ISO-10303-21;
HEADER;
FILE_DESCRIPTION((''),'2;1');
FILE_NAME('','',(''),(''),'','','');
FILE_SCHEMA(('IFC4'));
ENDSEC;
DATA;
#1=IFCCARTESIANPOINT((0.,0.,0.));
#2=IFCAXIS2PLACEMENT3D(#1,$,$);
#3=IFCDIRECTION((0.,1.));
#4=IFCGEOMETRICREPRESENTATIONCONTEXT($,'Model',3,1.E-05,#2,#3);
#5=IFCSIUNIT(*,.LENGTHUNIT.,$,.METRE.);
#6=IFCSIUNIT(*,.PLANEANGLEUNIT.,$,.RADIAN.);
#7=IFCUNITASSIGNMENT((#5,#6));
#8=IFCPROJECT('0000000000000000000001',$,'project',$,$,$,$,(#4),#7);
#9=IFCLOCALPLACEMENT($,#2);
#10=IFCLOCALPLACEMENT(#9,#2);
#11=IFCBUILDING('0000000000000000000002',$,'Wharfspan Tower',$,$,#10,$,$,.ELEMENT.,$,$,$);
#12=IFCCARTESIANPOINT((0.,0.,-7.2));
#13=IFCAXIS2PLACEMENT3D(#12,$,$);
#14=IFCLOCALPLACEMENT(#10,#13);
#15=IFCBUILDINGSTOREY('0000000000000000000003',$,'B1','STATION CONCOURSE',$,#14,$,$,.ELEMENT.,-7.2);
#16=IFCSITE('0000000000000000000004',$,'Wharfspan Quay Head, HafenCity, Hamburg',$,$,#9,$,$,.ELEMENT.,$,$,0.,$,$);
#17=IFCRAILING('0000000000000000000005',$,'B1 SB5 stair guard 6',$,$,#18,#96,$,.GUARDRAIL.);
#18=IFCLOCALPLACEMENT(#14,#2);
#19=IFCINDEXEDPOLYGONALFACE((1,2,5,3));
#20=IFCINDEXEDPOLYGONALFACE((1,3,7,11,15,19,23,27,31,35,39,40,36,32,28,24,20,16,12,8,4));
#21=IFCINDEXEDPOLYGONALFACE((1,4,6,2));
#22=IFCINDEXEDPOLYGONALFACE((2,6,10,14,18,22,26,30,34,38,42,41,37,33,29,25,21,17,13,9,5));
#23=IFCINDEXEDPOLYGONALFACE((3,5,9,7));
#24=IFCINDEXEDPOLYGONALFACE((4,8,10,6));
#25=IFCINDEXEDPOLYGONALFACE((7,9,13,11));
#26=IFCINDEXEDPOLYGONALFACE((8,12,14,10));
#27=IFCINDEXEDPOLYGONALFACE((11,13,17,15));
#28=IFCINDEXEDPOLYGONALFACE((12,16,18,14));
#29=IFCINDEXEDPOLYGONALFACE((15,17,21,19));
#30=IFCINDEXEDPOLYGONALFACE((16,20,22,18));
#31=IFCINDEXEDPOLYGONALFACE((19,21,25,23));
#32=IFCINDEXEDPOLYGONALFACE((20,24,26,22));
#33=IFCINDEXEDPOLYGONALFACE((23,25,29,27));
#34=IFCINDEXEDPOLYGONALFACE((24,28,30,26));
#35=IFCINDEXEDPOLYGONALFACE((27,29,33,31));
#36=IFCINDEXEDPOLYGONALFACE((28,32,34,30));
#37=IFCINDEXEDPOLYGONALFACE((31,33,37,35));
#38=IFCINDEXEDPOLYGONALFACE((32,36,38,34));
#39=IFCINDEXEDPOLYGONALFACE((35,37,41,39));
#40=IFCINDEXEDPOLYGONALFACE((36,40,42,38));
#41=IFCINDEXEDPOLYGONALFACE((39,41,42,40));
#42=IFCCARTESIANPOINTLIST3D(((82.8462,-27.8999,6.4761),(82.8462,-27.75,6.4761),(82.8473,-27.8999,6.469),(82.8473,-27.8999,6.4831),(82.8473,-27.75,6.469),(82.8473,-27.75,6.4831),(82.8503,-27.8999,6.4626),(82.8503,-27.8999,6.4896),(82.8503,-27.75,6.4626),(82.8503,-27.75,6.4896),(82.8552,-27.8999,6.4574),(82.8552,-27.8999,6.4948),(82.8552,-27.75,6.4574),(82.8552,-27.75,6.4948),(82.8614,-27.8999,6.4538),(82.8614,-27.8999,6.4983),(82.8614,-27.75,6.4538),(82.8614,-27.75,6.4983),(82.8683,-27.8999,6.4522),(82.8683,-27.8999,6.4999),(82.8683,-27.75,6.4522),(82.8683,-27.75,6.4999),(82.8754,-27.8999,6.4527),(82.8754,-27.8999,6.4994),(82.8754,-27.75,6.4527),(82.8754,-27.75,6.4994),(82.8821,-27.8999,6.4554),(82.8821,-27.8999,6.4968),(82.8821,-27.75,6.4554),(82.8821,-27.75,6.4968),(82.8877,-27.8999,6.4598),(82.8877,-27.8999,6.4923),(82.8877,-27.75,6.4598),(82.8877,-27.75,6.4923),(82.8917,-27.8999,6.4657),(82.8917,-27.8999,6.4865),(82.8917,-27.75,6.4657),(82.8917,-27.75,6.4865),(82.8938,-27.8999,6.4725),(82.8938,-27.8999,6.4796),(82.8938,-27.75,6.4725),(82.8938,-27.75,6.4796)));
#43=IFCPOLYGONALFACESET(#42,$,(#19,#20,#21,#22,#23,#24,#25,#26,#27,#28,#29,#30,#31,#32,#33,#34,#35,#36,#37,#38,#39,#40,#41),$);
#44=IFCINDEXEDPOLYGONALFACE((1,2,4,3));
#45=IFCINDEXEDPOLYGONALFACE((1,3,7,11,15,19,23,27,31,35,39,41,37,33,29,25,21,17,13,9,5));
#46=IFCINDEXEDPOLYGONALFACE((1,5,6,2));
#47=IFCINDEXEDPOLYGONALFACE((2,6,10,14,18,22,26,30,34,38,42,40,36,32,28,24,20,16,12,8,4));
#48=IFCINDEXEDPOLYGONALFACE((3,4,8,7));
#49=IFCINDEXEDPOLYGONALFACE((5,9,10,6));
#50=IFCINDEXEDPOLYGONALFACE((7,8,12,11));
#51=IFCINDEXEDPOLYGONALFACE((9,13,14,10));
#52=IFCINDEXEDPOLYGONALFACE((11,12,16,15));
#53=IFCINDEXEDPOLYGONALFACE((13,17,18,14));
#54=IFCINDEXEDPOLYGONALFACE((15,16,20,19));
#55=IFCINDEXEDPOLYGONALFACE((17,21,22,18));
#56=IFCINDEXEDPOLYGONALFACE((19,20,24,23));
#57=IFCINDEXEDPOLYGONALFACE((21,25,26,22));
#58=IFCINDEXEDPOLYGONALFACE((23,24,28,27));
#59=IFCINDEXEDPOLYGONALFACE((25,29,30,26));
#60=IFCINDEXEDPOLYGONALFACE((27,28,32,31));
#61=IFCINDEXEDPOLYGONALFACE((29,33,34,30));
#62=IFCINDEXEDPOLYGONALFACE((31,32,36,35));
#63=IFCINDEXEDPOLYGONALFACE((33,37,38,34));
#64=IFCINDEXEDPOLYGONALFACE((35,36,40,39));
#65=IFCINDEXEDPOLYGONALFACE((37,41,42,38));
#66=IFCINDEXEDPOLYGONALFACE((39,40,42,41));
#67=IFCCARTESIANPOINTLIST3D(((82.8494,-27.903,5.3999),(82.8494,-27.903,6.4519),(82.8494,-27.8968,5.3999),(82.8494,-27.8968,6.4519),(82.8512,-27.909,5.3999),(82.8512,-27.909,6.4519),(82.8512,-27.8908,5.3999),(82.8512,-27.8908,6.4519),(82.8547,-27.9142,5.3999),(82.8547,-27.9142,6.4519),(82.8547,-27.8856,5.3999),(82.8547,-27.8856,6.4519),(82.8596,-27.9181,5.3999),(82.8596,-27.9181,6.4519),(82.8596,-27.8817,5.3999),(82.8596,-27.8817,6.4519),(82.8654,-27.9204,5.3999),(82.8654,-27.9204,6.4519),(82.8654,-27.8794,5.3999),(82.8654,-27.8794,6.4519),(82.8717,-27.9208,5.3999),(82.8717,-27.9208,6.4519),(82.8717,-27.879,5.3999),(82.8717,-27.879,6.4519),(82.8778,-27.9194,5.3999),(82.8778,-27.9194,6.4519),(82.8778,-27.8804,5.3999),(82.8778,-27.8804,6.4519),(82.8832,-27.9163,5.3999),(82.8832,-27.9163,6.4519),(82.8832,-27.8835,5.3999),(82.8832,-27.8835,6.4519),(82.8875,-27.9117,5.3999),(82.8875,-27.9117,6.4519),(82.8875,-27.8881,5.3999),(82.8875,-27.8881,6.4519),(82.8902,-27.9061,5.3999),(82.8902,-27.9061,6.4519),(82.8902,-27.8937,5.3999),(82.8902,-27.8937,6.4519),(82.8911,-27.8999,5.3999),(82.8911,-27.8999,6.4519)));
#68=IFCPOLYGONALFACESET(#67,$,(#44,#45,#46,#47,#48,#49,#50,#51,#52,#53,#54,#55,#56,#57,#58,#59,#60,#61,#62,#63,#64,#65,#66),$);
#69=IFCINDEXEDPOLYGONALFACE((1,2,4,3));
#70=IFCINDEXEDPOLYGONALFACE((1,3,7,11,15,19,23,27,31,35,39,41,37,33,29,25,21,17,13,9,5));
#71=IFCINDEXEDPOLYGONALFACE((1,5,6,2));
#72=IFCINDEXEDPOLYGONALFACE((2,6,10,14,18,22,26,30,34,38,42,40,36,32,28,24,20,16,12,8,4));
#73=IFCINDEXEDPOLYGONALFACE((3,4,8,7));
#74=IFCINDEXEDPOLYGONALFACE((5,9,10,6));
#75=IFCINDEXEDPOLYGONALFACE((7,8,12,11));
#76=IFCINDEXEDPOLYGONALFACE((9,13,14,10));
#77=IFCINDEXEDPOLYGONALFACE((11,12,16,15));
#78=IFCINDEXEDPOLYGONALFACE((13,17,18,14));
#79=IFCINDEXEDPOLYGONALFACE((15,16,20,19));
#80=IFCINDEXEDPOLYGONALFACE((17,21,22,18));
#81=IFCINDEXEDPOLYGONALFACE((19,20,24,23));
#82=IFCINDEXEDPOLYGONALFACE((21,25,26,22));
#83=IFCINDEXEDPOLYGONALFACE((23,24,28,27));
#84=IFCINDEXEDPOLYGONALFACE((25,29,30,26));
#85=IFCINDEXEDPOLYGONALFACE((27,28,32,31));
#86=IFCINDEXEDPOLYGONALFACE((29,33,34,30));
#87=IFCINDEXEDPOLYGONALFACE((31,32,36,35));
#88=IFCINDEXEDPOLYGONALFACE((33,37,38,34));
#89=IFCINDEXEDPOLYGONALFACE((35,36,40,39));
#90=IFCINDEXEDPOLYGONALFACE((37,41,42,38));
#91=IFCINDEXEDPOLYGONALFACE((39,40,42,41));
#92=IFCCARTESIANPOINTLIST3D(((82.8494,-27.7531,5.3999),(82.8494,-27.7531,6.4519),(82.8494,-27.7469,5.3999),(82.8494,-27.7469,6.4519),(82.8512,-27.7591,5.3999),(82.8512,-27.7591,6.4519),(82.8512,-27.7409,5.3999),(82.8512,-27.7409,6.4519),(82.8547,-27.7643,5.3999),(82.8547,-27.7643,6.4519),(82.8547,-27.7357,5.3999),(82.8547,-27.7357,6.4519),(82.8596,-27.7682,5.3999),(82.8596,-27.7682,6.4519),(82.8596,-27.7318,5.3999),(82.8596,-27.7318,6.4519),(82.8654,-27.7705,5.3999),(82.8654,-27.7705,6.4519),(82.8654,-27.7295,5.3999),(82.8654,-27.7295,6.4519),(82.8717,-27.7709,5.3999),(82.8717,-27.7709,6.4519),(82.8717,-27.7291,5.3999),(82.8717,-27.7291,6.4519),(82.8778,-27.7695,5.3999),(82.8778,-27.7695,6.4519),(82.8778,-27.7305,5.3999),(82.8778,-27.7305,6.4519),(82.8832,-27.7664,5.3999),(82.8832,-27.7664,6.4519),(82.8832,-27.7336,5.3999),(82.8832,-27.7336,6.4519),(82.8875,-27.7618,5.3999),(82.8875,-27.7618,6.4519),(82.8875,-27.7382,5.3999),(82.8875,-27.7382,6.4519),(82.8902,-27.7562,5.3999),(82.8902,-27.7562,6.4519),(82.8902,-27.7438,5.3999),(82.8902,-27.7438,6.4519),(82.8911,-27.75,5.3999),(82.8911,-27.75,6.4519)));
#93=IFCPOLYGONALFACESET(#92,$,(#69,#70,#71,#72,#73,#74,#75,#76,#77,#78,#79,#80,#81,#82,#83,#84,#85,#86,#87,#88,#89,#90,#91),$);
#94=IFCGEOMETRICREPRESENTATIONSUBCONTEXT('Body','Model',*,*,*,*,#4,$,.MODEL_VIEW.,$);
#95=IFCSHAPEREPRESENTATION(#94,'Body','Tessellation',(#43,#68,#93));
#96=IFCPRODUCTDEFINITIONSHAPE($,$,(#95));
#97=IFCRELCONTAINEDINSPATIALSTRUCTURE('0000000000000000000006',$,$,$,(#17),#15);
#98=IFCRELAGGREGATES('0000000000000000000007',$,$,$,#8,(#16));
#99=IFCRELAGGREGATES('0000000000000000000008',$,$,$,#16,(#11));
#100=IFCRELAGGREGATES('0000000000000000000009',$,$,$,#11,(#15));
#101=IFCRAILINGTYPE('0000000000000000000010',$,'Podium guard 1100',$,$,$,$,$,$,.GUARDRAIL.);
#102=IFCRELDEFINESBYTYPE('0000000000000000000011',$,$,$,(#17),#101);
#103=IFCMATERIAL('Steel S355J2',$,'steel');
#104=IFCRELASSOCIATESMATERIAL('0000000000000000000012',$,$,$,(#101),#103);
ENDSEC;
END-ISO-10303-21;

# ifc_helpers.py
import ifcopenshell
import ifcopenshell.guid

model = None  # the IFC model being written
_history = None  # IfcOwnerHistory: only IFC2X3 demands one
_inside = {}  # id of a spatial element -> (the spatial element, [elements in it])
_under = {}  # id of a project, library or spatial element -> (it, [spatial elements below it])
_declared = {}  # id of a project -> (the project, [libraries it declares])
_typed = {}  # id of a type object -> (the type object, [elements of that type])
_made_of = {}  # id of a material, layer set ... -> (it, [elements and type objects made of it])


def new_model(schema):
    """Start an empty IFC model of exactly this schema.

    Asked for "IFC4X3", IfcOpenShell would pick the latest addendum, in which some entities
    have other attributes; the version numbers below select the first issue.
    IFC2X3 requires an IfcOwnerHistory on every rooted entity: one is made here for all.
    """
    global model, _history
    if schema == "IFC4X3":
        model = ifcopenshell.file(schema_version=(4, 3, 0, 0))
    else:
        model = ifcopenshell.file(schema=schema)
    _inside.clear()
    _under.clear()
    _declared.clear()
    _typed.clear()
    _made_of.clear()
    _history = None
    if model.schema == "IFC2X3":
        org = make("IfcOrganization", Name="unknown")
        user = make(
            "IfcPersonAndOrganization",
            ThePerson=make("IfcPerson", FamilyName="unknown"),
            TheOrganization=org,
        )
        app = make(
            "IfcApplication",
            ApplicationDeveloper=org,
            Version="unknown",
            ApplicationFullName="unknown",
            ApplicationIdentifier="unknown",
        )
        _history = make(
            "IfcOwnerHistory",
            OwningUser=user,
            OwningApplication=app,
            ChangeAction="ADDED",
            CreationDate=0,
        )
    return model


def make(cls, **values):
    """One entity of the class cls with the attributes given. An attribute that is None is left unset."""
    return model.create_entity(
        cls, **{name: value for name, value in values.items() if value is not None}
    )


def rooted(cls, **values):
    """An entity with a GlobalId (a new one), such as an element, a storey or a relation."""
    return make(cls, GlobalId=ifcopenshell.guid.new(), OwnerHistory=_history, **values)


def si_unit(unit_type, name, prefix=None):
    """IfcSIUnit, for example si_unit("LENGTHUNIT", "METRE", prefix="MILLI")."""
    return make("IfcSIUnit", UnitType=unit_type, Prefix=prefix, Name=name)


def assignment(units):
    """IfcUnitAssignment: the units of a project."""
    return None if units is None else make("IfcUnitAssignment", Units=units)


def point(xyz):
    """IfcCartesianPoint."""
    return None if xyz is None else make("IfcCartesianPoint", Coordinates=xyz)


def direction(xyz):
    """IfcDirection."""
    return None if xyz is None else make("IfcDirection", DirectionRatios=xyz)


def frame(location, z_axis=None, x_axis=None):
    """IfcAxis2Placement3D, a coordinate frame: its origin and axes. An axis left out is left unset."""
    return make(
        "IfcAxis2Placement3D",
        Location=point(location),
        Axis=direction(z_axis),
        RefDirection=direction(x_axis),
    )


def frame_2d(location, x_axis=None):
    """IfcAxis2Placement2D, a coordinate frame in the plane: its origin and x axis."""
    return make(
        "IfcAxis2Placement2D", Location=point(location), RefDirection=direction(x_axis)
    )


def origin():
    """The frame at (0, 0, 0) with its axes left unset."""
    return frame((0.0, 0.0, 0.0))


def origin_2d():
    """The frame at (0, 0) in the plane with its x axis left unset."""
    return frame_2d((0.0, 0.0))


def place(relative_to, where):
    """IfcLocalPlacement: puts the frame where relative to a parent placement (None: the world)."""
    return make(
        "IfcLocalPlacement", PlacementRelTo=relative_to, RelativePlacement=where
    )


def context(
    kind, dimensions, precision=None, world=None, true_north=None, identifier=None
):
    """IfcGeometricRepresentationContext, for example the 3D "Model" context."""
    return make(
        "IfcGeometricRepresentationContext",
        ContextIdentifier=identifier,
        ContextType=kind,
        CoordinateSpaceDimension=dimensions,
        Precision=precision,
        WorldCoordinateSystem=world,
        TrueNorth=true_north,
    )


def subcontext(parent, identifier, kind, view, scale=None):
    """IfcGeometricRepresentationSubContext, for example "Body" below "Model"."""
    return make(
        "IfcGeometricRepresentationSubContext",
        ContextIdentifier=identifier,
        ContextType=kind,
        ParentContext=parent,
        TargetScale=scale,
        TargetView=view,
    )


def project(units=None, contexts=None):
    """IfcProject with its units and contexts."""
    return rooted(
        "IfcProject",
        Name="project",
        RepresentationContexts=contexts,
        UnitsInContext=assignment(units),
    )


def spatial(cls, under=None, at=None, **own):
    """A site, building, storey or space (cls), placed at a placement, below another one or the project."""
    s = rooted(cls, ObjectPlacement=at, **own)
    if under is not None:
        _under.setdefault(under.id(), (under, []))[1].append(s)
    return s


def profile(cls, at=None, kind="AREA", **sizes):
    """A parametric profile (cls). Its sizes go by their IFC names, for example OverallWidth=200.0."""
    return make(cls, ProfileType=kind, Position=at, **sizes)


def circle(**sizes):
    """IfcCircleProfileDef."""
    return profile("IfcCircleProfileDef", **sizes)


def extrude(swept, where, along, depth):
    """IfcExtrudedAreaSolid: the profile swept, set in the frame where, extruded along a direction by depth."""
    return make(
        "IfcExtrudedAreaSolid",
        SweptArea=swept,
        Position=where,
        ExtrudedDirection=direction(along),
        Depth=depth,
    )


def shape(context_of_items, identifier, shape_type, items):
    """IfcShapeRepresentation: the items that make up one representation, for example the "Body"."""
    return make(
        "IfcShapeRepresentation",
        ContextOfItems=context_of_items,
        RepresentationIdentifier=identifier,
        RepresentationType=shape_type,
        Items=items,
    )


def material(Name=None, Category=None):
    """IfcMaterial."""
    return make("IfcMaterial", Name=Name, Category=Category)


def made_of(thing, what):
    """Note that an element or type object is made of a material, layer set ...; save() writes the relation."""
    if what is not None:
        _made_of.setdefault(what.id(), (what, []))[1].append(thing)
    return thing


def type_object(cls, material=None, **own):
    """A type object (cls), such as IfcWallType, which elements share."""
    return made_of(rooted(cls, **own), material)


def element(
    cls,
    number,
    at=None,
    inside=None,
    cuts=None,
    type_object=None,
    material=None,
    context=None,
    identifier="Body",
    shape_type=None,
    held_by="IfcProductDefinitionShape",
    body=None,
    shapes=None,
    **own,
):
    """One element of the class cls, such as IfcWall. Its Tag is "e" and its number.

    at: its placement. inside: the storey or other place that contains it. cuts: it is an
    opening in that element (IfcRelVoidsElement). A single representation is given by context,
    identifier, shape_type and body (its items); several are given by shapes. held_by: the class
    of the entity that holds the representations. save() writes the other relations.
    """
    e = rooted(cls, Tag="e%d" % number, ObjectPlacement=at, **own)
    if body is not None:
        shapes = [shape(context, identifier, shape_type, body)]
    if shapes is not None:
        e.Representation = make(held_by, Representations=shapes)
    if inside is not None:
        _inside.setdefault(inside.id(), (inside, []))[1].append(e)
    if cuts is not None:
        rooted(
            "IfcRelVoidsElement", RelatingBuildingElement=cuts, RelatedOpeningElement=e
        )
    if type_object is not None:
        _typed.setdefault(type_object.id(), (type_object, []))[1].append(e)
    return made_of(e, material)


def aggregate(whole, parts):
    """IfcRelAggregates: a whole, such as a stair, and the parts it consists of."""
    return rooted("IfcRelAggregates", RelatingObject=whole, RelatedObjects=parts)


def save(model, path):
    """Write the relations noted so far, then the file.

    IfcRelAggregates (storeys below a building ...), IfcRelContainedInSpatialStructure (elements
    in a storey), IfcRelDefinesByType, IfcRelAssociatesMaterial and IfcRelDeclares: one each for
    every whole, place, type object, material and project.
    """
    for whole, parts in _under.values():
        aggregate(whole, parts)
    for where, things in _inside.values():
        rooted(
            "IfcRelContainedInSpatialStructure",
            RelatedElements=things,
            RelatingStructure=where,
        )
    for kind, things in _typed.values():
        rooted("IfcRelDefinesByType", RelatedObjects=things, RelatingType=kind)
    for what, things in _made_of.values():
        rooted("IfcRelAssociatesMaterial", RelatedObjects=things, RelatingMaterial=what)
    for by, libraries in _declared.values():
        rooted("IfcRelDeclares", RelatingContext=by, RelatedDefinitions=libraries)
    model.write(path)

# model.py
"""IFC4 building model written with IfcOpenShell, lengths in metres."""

from ifc_helpers import new_model, si_unit, direction, frame, origin, origin_2d, place, context, subcontext, project, spatial, circle, extrude, material, type_object, element, save


model = new_model("IFC4")

# Units and contexts
model_context = context("Model", 3, precision=1e-05, world=origin(), true_north=direction((0.0, 1.0)))
body_context = subcontext(model_context, "Body", "Model", "MODEL_VIEW")
ifc_project = project(units=[si_unit("LENGTHUNIT", "METRE"), si_unit("PLANEANGLEUNIT", "RADIAN")], contexts=[model_context])

# Site, building, storey
site_placement = place(None, origin())
site = spatial("IfcSite", under=ifc_project, at=site_placement, Name="Wharfspan Quay Head, HafenCity, Hamburg", CompositionType="ELEMENT", RefElevation=0.0)
building_placement = place(site_placement, origin())
building = spatial("IfcBuilding", under=site, at=building_placement, Name="Wharfspan Tower", CompositionType="ELEMENT")
storey_placement = place(building_placement, frame((0.0, 0.0, -7.2)))
storey = spatial("IfcBuildingStorey", under=building, at=storey_placement, Name="B1", Description="STATION CONCOURSE", CompositionType="ELEMENT", Elevation=-7.2)

# Railing
ifc_material_1 = material(Name="Steel S355J2", Category="steel")
railing_type_1 = type_object("IfcRailingType", Name="Podium guard 1100", PredefinedType="GUARDRAIL", material=ifc_material_1)
railing_1_placement = place(storey_placement, frame((82.8701, -27.8999, 5.3999)))
element("IfcRailing", 1, at=railing_1_placement, inside=storey, type_object=railing_type_1, Name="B1 SB5 stair guard 6", PredefinedType="GUARDRAIL", context=body_context, shape_type="SweptSolid", body=[
    extrude(circle(Radius=0.0239, at=origin_2d()), frame((0.0, 0.0, 1.0762), z_axis=(0.0, 1.0, 0.0), x_axis=(-1.0, 0.0, 0.0)), (0.0, 0.0, 1.0), 0.1499),
    extrude(circle(Radius=0.021, at=origin_2d()), origin(), (0.0, 0.0, 1.0), 1.052),
    extrude(circle(Radius=0.021, at=origin_2d()), frame((0.0, 0.1499, 0.0)), (0.0, 0.0, 1.0), 1.052),
])

save(model, "model.ifc")
